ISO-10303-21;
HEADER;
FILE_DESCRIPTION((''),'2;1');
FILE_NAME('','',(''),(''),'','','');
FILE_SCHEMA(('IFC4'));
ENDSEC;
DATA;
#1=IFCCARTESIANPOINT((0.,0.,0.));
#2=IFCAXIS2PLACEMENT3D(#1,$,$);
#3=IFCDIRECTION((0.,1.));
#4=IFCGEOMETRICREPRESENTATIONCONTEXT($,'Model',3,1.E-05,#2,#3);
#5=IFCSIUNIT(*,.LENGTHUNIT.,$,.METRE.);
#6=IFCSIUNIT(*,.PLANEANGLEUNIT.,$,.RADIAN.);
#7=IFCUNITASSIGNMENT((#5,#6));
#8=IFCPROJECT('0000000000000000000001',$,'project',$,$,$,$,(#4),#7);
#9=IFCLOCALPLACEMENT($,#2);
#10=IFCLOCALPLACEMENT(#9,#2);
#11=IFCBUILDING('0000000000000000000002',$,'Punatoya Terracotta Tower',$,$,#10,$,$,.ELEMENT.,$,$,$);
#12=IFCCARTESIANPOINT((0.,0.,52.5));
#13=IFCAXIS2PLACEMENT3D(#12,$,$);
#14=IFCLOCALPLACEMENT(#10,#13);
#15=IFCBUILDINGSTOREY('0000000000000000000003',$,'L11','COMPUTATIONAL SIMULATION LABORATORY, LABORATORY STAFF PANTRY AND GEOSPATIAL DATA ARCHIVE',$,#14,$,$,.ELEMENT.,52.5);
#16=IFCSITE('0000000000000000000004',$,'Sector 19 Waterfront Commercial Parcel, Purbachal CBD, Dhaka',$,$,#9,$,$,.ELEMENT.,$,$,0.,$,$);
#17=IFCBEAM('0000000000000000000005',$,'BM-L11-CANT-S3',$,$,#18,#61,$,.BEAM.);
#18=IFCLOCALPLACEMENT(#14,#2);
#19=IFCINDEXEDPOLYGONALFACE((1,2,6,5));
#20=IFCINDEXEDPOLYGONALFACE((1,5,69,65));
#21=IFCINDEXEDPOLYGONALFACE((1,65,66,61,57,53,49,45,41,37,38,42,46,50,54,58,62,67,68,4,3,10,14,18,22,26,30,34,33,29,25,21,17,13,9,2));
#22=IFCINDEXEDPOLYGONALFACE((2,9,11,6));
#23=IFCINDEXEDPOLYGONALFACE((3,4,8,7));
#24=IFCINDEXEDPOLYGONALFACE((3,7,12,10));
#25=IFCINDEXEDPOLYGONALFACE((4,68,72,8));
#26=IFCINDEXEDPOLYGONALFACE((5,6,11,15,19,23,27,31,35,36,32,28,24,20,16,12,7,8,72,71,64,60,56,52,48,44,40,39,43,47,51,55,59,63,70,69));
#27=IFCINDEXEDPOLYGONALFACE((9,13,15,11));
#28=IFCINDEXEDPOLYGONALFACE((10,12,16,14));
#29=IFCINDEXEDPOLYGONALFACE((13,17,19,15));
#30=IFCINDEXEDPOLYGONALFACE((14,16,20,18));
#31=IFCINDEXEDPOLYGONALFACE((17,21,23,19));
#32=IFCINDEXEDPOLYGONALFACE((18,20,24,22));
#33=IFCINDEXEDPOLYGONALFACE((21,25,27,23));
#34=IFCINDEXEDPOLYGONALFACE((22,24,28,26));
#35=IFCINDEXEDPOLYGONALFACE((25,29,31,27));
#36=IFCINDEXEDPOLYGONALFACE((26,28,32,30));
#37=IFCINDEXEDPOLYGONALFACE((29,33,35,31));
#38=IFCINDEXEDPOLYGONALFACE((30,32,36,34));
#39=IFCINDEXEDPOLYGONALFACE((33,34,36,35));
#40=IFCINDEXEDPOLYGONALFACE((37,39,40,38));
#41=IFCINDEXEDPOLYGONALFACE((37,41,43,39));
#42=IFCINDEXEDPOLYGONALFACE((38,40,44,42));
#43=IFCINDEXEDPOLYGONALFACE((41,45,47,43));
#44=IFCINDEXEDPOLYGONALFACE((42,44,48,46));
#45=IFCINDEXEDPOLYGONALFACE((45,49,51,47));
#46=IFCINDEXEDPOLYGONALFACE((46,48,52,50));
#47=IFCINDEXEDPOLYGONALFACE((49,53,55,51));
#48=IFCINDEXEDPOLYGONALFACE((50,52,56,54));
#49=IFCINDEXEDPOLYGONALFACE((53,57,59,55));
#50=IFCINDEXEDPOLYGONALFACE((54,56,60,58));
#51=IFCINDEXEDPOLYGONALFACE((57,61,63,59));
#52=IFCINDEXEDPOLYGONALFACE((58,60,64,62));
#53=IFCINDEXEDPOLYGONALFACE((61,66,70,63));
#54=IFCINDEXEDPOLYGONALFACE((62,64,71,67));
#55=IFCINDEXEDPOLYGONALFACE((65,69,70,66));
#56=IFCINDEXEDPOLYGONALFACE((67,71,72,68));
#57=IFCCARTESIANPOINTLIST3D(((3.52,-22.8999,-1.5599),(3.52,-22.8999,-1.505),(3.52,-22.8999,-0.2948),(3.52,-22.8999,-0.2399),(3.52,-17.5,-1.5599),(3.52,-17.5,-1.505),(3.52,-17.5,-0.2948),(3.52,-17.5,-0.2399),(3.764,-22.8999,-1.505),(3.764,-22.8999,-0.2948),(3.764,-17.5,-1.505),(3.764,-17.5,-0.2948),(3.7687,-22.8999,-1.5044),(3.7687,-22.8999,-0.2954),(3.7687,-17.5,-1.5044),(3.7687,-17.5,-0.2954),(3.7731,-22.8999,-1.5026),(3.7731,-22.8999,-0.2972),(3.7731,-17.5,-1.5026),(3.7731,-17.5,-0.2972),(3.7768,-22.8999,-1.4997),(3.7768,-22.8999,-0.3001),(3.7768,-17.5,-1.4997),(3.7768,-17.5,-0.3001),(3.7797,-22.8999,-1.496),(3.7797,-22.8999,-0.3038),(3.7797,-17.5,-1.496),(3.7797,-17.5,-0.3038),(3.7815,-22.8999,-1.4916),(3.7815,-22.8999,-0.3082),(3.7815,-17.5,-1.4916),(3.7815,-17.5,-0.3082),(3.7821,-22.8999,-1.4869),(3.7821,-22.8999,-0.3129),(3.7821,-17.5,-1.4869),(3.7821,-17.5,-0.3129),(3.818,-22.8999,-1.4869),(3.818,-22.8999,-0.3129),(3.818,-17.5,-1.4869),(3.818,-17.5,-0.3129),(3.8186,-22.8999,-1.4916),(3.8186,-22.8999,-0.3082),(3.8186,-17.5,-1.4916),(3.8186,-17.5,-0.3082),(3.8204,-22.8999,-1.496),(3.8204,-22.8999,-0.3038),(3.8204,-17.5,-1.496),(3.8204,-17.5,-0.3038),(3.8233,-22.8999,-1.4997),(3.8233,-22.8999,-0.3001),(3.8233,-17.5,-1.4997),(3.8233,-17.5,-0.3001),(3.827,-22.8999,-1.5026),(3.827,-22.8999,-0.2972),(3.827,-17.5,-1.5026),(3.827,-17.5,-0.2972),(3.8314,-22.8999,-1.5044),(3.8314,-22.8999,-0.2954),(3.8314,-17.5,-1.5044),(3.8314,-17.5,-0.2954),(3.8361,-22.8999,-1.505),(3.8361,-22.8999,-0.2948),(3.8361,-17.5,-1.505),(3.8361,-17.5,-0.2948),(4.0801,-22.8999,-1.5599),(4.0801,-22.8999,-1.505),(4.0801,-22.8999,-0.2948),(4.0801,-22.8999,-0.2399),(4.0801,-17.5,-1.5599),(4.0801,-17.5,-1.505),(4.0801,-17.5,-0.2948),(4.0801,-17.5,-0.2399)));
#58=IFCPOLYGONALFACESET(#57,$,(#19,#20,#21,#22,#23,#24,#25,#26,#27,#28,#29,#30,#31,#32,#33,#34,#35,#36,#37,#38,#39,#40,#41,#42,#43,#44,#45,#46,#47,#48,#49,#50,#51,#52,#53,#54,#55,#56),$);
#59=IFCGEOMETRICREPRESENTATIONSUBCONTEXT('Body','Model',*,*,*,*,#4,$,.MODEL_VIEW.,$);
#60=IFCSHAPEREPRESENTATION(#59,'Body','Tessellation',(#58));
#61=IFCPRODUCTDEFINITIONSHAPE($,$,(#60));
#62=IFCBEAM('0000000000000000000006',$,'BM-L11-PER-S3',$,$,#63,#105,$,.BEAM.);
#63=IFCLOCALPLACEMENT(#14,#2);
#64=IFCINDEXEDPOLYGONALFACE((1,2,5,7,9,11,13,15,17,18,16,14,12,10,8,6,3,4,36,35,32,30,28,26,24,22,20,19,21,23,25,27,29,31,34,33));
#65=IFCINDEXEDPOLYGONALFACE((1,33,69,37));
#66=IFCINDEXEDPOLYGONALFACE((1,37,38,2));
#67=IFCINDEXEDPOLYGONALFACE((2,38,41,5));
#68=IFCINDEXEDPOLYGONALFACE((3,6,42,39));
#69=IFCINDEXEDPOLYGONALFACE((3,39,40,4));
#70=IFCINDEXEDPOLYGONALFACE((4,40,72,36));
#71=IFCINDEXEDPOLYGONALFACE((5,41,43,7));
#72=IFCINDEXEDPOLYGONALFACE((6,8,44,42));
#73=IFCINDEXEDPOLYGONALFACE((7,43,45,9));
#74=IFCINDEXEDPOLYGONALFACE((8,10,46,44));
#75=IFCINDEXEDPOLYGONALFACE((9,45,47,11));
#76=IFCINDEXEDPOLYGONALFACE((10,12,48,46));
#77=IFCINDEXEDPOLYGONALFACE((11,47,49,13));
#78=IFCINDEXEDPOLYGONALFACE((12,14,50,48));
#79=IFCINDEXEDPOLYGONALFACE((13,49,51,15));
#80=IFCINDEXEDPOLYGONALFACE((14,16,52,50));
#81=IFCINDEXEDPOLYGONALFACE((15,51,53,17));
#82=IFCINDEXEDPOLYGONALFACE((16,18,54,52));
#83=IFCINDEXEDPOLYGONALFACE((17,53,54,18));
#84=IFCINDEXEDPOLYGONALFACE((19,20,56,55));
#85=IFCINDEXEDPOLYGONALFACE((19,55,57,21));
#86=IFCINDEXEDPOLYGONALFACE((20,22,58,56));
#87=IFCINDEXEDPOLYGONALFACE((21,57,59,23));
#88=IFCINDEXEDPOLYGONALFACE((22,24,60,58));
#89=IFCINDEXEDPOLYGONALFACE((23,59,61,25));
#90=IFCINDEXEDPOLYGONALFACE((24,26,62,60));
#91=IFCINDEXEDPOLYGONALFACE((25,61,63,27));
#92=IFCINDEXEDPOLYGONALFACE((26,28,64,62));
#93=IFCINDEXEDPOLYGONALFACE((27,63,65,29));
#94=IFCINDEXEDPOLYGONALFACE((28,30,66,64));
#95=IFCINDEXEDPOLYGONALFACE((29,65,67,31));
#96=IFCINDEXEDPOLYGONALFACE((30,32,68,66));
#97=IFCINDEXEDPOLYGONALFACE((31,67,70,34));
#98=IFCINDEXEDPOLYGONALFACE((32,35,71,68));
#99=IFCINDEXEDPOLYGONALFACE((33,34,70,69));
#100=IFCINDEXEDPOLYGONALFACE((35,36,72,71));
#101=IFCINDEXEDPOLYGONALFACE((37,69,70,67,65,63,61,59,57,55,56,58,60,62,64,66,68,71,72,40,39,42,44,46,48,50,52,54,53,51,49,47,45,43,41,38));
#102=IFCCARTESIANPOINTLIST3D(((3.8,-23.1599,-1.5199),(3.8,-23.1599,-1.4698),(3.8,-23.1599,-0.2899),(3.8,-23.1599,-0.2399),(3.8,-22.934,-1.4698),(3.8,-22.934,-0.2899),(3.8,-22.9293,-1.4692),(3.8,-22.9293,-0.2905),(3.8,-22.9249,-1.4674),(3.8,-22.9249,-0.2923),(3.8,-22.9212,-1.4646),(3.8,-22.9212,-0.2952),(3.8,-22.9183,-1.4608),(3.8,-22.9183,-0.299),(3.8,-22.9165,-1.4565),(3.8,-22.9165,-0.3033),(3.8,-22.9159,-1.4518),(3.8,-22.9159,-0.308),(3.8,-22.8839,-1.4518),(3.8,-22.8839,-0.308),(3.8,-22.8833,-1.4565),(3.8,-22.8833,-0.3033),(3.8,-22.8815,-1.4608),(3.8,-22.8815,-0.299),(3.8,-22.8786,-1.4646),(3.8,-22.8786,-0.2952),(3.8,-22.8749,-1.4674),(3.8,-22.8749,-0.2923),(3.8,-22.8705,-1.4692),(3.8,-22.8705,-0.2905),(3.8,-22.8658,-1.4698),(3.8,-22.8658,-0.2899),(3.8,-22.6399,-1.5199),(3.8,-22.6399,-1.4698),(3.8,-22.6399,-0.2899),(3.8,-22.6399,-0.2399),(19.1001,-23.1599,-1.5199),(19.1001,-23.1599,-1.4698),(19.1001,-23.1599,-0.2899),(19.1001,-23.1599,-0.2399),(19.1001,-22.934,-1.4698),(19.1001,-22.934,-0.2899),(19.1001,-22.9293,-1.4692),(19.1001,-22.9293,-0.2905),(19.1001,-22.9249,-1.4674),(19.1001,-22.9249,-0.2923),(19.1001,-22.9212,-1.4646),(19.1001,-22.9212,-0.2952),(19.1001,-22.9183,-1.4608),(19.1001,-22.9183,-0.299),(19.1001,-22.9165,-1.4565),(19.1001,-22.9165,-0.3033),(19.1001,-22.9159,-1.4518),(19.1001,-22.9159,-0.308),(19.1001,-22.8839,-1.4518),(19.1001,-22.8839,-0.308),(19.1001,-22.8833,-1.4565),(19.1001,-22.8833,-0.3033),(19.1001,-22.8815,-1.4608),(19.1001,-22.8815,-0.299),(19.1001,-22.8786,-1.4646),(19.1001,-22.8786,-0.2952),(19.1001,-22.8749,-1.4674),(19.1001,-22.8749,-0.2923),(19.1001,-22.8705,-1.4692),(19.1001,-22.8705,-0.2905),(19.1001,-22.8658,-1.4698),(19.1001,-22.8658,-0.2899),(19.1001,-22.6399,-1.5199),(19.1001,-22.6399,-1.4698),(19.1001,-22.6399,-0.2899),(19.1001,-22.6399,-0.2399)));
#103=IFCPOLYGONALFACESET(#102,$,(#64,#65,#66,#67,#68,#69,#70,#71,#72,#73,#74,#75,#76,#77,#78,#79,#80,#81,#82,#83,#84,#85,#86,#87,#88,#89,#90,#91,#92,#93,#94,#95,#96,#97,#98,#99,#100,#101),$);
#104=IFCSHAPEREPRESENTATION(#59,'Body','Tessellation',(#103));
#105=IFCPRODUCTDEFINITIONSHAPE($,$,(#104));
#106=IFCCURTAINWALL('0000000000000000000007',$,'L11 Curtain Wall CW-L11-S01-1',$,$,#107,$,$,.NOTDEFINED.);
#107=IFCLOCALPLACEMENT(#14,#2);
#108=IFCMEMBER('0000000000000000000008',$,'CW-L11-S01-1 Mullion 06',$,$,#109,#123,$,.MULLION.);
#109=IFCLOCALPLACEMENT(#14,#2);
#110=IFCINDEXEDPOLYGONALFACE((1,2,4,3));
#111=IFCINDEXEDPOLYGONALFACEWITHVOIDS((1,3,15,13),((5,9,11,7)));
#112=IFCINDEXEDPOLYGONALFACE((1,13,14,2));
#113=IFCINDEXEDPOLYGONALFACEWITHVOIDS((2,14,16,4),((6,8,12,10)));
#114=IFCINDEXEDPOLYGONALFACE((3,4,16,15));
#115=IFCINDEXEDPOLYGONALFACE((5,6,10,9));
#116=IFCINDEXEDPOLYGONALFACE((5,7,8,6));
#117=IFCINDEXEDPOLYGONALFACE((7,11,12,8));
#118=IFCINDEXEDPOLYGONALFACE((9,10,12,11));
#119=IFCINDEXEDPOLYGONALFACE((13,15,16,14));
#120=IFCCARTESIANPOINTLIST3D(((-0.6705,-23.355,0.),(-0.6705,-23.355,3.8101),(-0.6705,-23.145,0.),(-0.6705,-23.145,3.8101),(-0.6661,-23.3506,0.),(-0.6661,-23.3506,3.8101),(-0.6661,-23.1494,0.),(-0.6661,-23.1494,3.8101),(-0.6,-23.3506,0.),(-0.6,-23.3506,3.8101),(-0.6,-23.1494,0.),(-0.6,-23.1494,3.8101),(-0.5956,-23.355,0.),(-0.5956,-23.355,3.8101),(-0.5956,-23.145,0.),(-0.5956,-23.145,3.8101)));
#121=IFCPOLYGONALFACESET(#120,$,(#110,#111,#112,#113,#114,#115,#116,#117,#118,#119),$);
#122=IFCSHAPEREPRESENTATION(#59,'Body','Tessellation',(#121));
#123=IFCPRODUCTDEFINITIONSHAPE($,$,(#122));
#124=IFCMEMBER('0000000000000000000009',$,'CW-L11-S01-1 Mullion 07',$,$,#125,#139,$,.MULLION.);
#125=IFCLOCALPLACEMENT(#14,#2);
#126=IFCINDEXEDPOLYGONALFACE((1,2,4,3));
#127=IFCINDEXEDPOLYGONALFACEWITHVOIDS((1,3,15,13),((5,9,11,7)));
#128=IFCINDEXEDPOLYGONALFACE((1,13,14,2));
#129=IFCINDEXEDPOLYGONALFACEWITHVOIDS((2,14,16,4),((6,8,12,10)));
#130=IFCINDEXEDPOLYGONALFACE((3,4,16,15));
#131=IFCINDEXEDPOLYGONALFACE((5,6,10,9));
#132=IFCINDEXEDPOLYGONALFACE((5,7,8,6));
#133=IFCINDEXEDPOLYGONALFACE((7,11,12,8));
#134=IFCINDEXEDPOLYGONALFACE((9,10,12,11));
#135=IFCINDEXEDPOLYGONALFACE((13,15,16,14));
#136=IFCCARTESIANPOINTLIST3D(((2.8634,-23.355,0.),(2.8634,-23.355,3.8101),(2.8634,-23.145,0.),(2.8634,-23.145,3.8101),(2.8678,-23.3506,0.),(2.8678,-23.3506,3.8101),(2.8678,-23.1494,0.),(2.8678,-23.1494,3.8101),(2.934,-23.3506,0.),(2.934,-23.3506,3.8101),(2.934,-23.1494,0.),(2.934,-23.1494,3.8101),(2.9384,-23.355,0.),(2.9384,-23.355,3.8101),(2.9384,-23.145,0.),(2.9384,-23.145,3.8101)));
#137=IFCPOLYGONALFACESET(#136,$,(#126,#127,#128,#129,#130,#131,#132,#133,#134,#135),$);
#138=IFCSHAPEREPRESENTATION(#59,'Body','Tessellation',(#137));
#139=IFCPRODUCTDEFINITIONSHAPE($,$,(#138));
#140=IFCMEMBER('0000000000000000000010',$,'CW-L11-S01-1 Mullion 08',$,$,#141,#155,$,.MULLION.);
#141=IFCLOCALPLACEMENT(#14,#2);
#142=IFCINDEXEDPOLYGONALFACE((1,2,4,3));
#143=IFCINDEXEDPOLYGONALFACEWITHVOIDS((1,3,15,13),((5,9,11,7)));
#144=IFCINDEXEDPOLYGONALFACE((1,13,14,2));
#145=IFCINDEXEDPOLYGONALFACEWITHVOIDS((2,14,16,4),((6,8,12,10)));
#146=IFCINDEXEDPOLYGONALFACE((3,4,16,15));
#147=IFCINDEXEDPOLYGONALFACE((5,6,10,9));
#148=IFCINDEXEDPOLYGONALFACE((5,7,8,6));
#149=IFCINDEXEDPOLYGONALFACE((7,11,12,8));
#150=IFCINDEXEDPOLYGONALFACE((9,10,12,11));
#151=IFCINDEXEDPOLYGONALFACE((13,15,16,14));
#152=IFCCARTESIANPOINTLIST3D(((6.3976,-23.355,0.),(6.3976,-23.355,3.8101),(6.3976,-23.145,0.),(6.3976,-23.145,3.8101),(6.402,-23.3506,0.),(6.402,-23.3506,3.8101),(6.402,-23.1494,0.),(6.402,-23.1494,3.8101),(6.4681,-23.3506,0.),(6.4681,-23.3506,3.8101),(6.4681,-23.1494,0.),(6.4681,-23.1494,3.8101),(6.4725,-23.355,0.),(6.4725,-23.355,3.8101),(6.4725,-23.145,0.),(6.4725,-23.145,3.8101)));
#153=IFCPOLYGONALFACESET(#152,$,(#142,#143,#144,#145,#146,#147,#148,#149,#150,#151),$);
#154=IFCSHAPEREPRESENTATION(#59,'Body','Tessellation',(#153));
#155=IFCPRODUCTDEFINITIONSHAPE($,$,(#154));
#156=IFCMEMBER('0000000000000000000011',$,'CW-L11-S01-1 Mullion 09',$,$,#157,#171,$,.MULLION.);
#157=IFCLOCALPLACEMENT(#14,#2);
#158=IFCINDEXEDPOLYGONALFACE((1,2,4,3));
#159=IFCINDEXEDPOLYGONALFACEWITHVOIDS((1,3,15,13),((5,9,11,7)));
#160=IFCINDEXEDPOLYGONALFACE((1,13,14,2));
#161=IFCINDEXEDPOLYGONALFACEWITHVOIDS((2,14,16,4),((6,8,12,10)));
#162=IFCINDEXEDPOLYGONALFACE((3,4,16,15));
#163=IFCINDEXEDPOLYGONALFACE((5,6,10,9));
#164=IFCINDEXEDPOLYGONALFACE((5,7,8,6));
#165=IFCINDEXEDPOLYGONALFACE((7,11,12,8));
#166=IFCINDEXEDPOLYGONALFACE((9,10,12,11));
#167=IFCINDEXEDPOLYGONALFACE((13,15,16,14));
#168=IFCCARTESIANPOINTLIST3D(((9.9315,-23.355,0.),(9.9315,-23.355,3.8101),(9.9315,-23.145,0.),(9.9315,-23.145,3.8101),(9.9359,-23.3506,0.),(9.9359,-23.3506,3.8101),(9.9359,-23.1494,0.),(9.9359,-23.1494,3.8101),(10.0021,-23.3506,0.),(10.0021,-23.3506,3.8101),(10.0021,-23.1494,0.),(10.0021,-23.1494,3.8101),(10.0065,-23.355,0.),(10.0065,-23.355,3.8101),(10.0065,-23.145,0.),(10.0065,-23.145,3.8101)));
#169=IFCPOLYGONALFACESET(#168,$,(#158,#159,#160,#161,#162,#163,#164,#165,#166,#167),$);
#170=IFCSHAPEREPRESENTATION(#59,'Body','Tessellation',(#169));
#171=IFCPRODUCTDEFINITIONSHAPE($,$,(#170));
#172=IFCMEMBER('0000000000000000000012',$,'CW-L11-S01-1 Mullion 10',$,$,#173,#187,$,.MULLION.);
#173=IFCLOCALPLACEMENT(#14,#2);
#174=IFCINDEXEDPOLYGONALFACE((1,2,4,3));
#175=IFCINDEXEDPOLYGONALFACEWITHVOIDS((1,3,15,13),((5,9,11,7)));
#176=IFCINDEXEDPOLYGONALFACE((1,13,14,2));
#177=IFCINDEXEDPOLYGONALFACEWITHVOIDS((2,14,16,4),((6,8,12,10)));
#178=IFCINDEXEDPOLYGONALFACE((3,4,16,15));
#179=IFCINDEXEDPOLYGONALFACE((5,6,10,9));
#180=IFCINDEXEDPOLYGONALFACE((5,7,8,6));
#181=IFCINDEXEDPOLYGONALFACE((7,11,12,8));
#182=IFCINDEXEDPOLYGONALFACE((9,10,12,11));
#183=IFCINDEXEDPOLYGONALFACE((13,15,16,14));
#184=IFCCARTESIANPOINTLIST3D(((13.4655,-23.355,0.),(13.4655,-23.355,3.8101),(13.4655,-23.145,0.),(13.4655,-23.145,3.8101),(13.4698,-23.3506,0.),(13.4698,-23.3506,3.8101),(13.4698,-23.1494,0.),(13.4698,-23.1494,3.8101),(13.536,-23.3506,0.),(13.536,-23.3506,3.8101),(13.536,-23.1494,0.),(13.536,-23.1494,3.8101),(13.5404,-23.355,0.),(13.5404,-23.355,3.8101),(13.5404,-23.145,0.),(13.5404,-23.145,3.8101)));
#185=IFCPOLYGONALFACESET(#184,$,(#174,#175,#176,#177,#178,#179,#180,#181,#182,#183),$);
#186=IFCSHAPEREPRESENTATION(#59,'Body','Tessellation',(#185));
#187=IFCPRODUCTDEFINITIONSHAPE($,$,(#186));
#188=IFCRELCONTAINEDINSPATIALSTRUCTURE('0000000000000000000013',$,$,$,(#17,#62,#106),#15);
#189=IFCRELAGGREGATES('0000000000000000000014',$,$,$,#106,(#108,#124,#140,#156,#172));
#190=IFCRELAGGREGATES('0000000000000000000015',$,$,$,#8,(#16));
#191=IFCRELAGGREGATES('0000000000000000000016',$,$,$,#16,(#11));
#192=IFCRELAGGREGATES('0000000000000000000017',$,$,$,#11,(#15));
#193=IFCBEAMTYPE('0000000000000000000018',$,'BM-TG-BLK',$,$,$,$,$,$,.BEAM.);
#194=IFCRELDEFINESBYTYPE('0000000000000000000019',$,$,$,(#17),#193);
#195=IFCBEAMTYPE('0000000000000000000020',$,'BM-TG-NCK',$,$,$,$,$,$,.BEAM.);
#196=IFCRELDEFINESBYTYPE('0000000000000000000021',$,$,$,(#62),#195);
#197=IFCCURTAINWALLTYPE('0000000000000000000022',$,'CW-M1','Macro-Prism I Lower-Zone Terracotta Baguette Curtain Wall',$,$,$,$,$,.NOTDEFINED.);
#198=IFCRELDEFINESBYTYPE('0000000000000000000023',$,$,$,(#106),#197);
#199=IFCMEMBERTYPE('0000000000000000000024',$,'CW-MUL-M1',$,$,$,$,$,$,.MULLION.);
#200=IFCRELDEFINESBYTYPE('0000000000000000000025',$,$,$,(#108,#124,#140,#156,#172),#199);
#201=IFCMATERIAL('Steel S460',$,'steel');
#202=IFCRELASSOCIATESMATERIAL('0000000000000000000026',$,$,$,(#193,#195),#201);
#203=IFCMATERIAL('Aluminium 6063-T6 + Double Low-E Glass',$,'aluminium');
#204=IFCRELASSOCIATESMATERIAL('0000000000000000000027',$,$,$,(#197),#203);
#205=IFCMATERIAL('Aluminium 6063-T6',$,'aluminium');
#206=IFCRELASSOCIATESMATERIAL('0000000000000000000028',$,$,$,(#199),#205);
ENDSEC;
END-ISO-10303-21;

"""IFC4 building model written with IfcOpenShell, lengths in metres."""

from ifc_helpers import new_model, si_unit, direction, frame, origin, origin_2d, place, context, subcontext, project, spatial, hollow_rectangle, i_section, extrude, material, material_profile, profile_set, type_object, element, aggregate, save


model = new_model("IFC4")

# Units and contexts
model_context = context("Model", 3, precision=1e-05, world=origin(), true_north=direction((0.0, 1.0)))
body_context = subcontext(model_context, "Body", "Model", "MODEL_VIEW")
ifc_project = project(units=[si_unit("LENGTHUNIT", "METRE"), si_unit("PLANEANGLEUNIT", "RADIAN")], contexts=[model_context])

# Site, building, storey
site_placement = place(None, origin())
site = spatial("IfcSite", under=ifc_project, at=site_placement, Name="Sector 19 Waterfront Commercial Parcel, Purbachal CBD, Dhaka", CompositionType="ELEMENT", RefElevation=0.0)
building_placement = place(site_placement, origin())
building = spatial("IfcBuilding", under=site, at=building_placement, Name="Punatoya Terracotta Tower", CompositionType="ELEMENT")
storey_placement = place(building_placement, frame((0.0, 0.0, 52.5)))
storey = spatial("IfcBuildingStorey", under=building, at=storey_placement, Name="L11", Description="COMPUTATIONAL SIMULATION LABORATORY, LABORATORY STAFF PANTRY AND GEOSPATIAL DATA ARCHIVE", CompositionType="ELEMENT", Elevation=52.5)

# Shared definitions
ifc_material_1 = material(Name="Steel S460", Category="steel")

# Beams
ifc_material_profile_1 = material_profile(ifc_material_1, i_section(OverallWidth=0.5601, OverallDepth=1.3201, WebThickness=0.0359, FlangeThickness=0.0549, FilletRadius=0.0181, at=origin_2d()))
ifc_profile_set_1 = profile_set([ifc_material_profile_1], Name="Steel S460")
beam_type_1 = type_object("IfcBeamType", Name="BM-TG-BLK", PredefinedType="BEAM", material=ifc_profile_set_1)
beam_1_placement = place(storey_placement, frame((3.8, -22.8999, -0.8999), z_axis=(0.0, 1.0, 0.0), x_axis=(-1.0, 0.0, 0.0)))
element("IfcBeam", 1, at=beam_1_placement, inside=storey, type_object=beam_type_1, Name="BM-L11-CANT-S3", PredefinedType="BEAM", context=body_context, shape_type="SweptSolid", body=[
    extrude(i_section(OverallWidth=0.5601, OverallDepth=1.3201, WebThickness=0.0359, FlangeThickness=0.0549, FilletRadius=0.0181, at=origin_2d()), origin(), (0.0, 0.0, 1.0), 5.3999),
])
ifc_material_profile_2 = material_profile(ifc_material_1, i_section(OverallWidth=0.52, OverallDepth=1.28, WebThickness=0.032, FlangeThickness=0.05, FilletRadius=0.0181, at=origin_2d()))
ifc_profile_set_2 = profile_set([ifc_material_profile_2], Name="Steel S460")
beam_type_2 = type_object("IfcBeamType", Name="BM-TG-NCK", PredefinedType="BEAM", material=ifc_profile_set_2)
beam_2_placement = place(storey_placement, frame((3.8, -22.8999, -0.8799), z_axis=(1.0, 0.0, 0.0), x_axis=(0.0, 1.0, 0.0)))
element("IfcBeam", 2, at=beam_2_placement, inside=storey, type_object=beam_type_2, Name="BM-L11-PER-S3", PredefinedType="BEAM", context=body_context, shape_type="SweptSolid", body=[
    extrude(i_section(OverallWidth=0.52, OverallDepth=1.28, WebThickness=0.032, FlangeThickness=0.05, FilletRadius=0.0181, at=origin_2d()), origin(), (0.0, 0.0, 1.0), 15.3),
])

# Curtain wall, members
ifc_material_2 = material(Name="Aluminium 6063-T6 + Double Low-E Glass", Category="aluminium")
curtain_wall_type = type_object("IfcCurtainWallType", Name="CW-M1", Description="Macro-Prism I Lower-Zone Terracotta Baguette Curtain Wall", PredefinedType="NOTDEFINED", material=ifc_material_2)
curtain_wall_1_placement = place(storey_placement, origin())
curtain_wall_1 = element("IfcCurtainWall", 3, at=curtain_wall_1_placement, inside=storey, type_object=curtain_wall_type, Name="L11 Curtain Wall CW-L11-S01-1", PredefinedType="NOTDEFINED")
ifc_material_3 = material(Name="Aluminium 6063-T6", Category="aluminium")
ifc_material_profile_3 = material_profile(ifc_material_3, hollow_rectangle(XDim=0.075, YDim=0.21, WallThickness=0.0044, at=origin_2d()))
ifc_profile_set_3 = profile_set([ifc_material_profile_3], Name="Aluminium 6063-T6")
member_type_1 = type_object("IfcMemberType", Name="CW-MUL-M1", PredefinedType="MULLION", material=ifc_profile_set_3)
member_1_placement = place(storey_placement, frame((-0.6331, -23.25, 0.0), z_axis=(0.0, 0.0, 1.0), x_axis=(1.0, 0.0, 0.0)))
member_1 = element("IfcMember", 4, at=member_1_placement, type_object=member_type_1, Name="CW-L11-S01-1 Mullion 06", PredefinedType="MULLION", context=body_context, shape_type="SweptSolid", body=[
    extrude(hollow_rectangle(XDim=0.075, YDim=0.21, WallThickness=0.0044, at=origin_2d()), origin(), (0.0, 0.0, 1.0), 3.8101),
])
member_2_placement = place(storey_placement, frame((2.9009, -23.25, 0.0), z_axis=(0.0, 0.0, 1.0), x_axis=(1.0, 0.0, 0.0)))
member_2 = element("IfcMember", 5, at=member_2_placement, type_object=member_type_1, Name="CW-L11-S01-1 Mullion 07", PredefinedType="MULLION", context=body_context, shape_type="SweptSolid", body=[
    extrude(hollow_rectangle(XDim=0.075, YDim=0.21, WallThickness=0.0044, at=origin_2d()), origin(), (0.0, 0.0, 1.0), 3.8101),
])
member_3_placement = place(storey_placement, frame((6.4351, -23.25, 0.0), z_axis=(0.0, 0.0, 1.0), x_axis=(1.0, 0.0, 0.0)))
member_3 = element("IfcMember", 6, at=member_3_placement, type_object=member_type_1, Name="CW-L11-S01-1 Mullion 08", PredefinedType="MULLION", context=body_context, shape_type="SweptSolid", body=[
    extrude(hollow_rectangle(XDim=0.075, YDim=0.21, WallThickness=0.0044, at=origin_2d()), origin(), (0.0, 0.0, 1.0), 3.8101),
])
member_4_placement = place(storey_placement, frame((9.969, -23.25, 0.0), z_axis=(0.0, 0.0, 1.0), x_axis=(1.0, 0.0, 0.0)))
member_4 = element("IfcMember", 7, at=member_4_placement, type_object=member_type_1, Name="CW-L11-S01-1 Mullion 09", PredefinedType="MULLION", context=body_context, shape_type="SweptSolid", body=[
    extrude(hollow_rectangle(XDim=0.075, YDim=0.21, WallThickness=0.0044, at=origin_2d()), origin(), (0.0, 0.0, 1.0), 3.8101),
])
member_5_placement = place(storey_placement, frame((13.5029, -23.25, 0.0), z_axis=(0.0, 0.0, 1.0), x_axis=(1.0, 0.0, 0.0)))
member_5 = element("IfcMember", 8, at=member_5_placement, type_object=member_type_1, Name="CW-L11-S01-1 Mullion 10", PredefinedType="MULLION", context=body_context, shape_type="SweptSolid", body=[
    extrude(hollow_rectangle(XDim=0.075, YDim=0.21, WallThickness=0.0044, at=origin_2d()), origin(), (0.0, 0.0, 1.0), 3.8101),
])

aggregate(curtain_wall_1, [member_1, member_2, member_3, member_4, member_5])

save(model, "model.ifc")
